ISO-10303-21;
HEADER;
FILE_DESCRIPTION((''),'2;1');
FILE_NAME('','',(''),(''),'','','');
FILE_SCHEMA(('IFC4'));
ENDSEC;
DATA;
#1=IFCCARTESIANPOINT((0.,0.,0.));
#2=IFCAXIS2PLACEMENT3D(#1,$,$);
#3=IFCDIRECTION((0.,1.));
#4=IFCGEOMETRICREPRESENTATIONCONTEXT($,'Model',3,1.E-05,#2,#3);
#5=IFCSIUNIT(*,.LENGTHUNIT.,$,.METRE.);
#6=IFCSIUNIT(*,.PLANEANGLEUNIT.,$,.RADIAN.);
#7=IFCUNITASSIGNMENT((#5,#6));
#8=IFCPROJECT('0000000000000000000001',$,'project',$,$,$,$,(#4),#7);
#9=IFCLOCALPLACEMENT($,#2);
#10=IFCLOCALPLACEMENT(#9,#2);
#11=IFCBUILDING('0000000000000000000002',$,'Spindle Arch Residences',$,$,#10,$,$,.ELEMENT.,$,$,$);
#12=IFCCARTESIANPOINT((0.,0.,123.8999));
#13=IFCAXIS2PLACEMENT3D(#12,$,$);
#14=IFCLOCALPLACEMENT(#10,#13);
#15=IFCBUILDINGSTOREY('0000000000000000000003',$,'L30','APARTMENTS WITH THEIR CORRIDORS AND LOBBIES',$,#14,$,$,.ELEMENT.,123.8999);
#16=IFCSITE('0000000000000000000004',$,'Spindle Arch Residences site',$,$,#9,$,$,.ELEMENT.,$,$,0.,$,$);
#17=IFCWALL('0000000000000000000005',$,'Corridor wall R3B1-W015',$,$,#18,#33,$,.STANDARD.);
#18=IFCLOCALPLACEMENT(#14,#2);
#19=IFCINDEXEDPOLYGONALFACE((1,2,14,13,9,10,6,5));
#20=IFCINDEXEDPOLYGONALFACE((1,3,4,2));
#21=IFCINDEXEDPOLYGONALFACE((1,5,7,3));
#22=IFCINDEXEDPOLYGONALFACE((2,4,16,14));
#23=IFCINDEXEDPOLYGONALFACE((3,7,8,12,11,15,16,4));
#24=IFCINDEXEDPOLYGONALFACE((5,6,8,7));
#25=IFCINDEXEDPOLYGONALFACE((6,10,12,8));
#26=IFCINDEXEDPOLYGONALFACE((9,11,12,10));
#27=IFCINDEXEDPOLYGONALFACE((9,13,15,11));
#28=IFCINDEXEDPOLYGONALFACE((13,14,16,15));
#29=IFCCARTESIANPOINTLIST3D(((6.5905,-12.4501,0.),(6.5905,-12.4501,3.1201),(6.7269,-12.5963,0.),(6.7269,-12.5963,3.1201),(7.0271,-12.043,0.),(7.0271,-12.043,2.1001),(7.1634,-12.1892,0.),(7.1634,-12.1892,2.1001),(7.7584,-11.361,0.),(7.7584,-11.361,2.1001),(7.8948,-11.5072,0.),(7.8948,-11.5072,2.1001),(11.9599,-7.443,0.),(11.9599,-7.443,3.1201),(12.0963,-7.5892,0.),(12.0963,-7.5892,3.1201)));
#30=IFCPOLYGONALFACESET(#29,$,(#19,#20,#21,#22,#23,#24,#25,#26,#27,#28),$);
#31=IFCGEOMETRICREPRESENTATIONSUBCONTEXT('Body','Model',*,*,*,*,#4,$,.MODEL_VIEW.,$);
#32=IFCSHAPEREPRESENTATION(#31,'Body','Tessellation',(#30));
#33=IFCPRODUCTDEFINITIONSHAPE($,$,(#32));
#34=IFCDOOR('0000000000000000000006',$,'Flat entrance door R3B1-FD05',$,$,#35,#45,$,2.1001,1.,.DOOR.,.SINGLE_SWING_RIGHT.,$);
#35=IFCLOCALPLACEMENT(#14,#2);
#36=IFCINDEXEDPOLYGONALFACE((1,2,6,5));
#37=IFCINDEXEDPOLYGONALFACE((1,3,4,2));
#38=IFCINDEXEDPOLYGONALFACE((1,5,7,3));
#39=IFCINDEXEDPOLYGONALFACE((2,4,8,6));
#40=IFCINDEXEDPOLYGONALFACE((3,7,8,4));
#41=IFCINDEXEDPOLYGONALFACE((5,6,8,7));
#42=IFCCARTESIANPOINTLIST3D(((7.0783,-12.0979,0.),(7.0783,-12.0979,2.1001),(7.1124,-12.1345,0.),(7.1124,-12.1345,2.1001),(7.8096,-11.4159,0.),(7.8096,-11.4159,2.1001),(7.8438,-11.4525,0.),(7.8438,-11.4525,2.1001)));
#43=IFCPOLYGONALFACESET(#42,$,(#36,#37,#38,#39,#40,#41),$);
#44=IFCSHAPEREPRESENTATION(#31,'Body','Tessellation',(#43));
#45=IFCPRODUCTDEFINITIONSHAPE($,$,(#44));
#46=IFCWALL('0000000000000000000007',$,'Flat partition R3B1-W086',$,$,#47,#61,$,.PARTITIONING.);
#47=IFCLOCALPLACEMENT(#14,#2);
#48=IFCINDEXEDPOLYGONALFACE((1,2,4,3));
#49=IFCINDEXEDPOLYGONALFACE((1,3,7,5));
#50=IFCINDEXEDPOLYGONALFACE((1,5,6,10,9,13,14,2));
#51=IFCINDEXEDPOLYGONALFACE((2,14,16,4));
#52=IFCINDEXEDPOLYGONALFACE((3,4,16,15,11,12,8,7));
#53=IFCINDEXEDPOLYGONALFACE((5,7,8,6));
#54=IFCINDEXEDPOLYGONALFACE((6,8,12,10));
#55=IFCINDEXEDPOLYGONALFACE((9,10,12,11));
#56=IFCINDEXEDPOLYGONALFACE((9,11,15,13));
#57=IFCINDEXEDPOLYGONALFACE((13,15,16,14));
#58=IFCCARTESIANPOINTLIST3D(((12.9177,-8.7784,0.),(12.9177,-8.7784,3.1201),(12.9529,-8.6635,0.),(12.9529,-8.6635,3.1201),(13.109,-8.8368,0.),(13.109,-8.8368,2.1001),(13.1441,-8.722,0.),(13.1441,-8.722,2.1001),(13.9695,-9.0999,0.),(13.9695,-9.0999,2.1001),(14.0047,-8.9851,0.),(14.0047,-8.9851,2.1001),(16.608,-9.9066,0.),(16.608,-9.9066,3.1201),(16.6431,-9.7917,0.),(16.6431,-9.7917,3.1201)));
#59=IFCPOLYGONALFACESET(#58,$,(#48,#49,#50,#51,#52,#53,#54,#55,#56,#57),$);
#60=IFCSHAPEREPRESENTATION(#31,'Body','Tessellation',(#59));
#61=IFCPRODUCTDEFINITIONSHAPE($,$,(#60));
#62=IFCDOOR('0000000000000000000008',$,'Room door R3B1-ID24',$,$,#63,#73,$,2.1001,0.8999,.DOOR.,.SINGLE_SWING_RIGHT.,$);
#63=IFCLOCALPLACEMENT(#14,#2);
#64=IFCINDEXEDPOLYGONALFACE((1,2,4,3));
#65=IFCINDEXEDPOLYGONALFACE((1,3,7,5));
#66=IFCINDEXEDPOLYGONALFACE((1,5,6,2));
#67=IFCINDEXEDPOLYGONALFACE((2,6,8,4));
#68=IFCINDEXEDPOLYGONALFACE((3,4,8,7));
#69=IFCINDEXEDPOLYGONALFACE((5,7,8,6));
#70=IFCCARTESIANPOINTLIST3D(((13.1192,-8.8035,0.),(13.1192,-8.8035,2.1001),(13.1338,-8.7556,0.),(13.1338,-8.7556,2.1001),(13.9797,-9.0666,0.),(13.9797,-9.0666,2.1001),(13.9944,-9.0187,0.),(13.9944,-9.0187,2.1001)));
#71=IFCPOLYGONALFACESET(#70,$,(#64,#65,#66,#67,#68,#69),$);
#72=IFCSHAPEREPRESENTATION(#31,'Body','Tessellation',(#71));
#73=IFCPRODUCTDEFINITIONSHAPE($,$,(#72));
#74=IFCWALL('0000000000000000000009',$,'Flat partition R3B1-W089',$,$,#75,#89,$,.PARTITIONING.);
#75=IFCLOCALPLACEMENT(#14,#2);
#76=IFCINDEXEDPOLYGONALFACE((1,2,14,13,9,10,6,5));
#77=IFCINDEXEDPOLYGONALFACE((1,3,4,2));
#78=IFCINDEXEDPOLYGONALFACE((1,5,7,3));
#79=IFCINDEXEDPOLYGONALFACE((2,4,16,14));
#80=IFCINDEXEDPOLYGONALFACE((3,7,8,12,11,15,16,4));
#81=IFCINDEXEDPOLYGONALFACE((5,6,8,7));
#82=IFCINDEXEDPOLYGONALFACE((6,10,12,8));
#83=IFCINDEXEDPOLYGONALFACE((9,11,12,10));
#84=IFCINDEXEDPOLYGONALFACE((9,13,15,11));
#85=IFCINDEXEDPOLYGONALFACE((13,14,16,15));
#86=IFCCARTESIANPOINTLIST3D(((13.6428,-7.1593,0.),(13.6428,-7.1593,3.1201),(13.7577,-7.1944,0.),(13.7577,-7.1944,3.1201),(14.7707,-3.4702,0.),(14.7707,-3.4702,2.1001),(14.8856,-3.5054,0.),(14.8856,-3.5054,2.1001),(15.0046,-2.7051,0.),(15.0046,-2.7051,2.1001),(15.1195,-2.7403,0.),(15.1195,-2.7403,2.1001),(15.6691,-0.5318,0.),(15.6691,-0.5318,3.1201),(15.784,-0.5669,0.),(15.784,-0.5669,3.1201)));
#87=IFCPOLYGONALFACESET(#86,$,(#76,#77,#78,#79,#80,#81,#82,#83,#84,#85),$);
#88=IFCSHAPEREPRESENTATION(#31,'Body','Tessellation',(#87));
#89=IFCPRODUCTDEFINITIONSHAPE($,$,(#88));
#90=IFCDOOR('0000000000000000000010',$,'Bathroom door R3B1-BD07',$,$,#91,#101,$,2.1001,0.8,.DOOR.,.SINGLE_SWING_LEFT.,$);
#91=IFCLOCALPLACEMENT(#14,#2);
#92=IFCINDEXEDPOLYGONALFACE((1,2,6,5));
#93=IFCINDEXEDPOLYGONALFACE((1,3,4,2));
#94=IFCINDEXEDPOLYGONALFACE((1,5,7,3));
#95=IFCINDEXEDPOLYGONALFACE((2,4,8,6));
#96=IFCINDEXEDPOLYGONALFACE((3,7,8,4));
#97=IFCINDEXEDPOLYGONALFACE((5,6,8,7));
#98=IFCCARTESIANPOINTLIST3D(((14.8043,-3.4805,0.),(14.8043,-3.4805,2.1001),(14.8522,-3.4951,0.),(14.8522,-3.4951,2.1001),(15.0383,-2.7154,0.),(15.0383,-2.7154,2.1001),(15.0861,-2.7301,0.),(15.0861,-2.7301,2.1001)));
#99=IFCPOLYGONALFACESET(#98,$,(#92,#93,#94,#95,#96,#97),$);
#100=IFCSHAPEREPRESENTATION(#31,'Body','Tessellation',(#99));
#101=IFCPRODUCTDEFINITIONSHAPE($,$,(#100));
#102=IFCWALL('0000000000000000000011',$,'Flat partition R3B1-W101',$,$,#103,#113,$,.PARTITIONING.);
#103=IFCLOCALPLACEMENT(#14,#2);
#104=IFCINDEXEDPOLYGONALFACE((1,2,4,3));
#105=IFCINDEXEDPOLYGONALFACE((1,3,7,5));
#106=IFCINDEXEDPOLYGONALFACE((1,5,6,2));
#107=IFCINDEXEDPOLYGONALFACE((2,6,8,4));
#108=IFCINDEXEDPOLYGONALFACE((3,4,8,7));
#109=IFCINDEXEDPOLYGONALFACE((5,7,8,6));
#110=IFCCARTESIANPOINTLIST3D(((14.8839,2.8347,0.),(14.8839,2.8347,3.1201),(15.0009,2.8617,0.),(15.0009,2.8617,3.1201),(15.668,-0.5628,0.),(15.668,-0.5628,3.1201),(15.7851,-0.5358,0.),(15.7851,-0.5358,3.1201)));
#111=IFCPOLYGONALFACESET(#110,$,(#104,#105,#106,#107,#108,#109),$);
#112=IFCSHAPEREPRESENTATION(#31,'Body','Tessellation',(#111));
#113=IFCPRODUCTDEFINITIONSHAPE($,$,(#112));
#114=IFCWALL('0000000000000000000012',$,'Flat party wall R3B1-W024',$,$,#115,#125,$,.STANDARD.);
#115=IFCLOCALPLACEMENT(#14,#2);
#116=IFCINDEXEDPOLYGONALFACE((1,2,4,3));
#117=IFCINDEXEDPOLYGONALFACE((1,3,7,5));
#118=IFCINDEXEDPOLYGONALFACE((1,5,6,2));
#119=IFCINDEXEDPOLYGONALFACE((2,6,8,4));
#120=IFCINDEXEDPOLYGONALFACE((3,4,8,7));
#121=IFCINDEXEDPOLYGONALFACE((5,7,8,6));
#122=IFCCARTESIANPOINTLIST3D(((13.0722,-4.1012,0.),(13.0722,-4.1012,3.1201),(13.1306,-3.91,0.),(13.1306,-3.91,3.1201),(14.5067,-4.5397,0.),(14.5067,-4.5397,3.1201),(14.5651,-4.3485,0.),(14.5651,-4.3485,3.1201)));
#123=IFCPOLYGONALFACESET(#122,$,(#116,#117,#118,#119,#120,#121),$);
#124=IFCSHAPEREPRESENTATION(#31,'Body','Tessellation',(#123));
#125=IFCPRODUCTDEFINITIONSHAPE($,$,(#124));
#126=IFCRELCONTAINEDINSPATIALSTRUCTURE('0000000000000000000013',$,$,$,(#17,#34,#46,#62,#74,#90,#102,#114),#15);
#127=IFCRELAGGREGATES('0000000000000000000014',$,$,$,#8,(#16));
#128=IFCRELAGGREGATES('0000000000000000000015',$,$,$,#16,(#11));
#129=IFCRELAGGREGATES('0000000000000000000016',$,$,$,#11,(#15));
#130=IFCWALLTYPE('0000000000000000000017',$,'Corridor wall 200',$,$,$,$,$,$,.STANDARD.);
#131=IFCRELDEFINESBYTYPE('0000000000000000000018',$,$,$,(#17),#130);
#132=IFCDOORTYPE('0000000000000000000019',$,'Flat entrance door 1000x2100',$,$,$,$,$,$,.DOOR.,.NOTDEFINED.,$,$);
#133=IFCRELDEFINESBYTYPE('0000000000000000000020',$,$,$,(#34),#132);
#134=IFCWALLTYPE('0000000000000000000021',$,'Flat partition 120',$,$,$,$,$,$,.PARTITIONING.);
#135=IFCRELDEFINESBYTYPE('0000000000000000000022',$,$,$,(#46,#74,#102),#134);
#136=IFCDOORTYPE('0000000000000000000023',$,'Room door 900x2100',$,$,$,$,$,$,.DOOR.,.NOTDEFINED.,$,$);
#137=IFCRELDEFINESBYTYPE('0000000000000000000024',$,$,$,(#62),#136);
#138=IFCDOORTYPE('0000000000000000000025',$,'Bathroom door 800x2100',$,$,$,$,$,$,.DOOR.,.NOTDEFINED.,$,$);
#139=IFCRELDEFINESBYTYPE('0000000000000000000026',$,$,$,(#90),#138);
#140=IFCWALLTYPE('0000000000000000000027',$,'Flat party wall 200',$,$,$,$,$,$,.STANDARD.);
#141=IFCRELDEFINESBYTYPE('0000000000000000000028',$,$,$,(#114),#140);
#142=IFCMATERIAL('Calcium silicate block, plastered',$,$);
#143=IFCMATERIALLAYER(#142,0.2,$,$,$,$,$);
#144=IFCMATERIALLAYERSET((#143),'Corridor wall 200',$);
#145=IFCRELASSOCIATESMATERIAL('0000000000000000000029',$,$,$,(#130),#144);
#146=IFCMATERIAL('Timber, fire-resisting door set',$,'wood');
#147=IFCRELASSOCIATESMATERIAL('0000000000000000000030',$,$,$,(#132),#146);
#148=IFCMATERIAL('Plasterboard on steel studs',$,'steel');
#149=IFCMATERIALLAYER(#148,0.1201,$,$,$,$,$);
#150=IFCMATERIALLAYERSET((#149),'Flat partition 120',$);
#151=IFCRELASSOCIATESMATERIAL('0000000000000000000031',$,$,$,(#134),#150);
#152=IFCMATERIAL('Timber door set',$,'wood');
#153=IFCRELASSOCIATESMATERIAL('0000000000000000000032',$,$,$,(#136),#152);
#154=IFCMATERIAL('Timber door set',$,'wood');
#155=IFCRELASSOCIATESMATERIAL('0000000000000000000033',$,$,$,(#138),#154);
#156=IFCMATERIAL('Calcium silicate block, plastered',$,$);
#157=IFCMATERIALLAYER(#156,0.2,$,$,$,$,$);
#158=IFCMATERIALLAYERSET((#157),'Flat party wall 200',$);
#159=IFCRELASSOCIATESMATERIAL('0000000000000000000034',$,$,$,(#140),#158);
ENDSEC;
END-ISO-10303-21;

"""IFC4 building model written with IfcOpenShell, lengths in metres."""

from ifc_helpers import new_model, si_unit, direction, frame, frame_2d, origin, place, context, subcontext, project, spatial, rectangle, extrude, material, layer, layer_set, type_object, element, fill, save


model = new_model("IFC4")

# Units and contexts
model_context = context("Model", 3, precision=1e-05, world=origin(), true_north=direction((0.0, 1.0)))
body_context = subcontext(model_context, "Body", "Model", "MODEL_VIEW")
ifc_project = project(units=[si_unit("LENGTHUNIT", "METRE"), si_unit("PLANEANGLEUNIT", "RADIAN")], contexts=[model_context])

# Site, building, storey
site_placement = place(None, origin())
site = spatial("IfcSite", under=ifc_project, at=site_placement, Name="Spindle Arch Residences site", CompositionType="ELEMENT", RefElevation=0.0)
building_placement = place(site_placement, origin())
building = spatial("IfcBuilding", under=site, at=building_placement, Name="Spindle Arch Residences", CompositionType="ELEMENT")
storey_placement = place(building_placement, frame((0.0, 0.0, 123.8999)))
storey = spatial("IfcBuildingStorey", under=building, at=storey_placement, Name="L30", Description="APARTMENTS WITH THEIR CORRIDORS AND LOBBIES", CompositionType="ELEMENT", Elevation=123.8999)

# Shared definitions
ifc_material_1 = material(Name="Calcium silicate block, plastered")
ifc_layer_1 = layer(ifc_material_1, 0.2)
ifc_layer_set_1 = layer_set([ifc_layer_1], Name="Corridor wall 200")
wall_type_1 = type_object("IfcWallType", Name="Corridor wall 200", PredefinedType="STANDARD", material=ifc_layer_set_1)
ifc_material_2 = material(Name="Timber, fire-resisting door set", Category="wood")
door_type_1 = type_object("IfcDoorType", Name="Flat entrance door 1000x2100", OperationType="NOTDEFINED", PredefinedType="DOOR", material=ifc_material_2)

# Walls, openings, doors
wall_1_placement = place(storey_placement, frame((6.6587, -12.5232, 0.0), z_axis=(0.0, 0.0, 1.0), x_axis=(0.73135, 0.682002, 0.0)))
wall_1 = element("IfcWall", 1, at=wall_1_placement, inside=storey, type_object=wall_type_1, Name="Corridor wall R3B1-W015", PredefinedType="STANDARD", context=body_context, shape_type="SweptSolid", body=[
    extrude(rectangle(XDim=7.3418, YDim=0.2, at=frame_2d((3.6709, 0.0))), origin(), (0.0, 0.0, 1.0), 3.1201),
])
opening_1_placement = place(wall_1_placement, frame((0.5969, 0.0, 0.0)))
opening_1 = element("IfcOpeningElement", 2, at=opening_1_placement, cuts=wall_1, PredefinedType="OPENING", context=body_context, shape_type="SweptSolid", body=[
    extrude(rectangle(XDim=1.0, YDim=2.1001, at=frame_2d((0.5, 1.05))), frame((0.0, 0.1099, 0.0), z_axis=(0.0, -1.0, 0.0), x_axis=(1.0, 0.0, 0.0)), (0.0, 0.0, 1.0), 0.22),
])
door_1_placement = place(opening_1_placement, origin())
door_1 = element("IfcDoor", 3, at=door_1_placement, inside=storey, type_object=door_type_1, Name="Flat entrance door R3B1-FD05", OperationType="SINGLE_SWING_RIGHT", OverallHeight=2.1001, OverallWidth=1.0, PredefinedType="DOOR", context=body_context, shape_type="SweptSolid", body=[
    extrude(rectangle(XDim=1.0, YDim=2.1001, at=frame_2d((0.5, 1.05))), frame((0.0, 0.0249, 0.0), z_axis=(0.0, -1.0, 0.0), x_axis=(1.0, 0.0, 0.0)), (0.0, 0.0, 1.0), 0.05),
])
fill(opening_1, door_1)
ifc_material_3 = material(Name="Plasterboard on steel studs", Category="steel")
ifc_layer_2 = layer(ifc_material_3, 0.1201)
ifc_layer_set_2 = layer_set([ifc_layer_2], Name="Flat partition 120")
wall_type_2 = type_object("IfcWallType", Name="Flat partition 120", PredefinedType="PARTITIONING", material=ifc_layer_set_2)
wall_2_placement = place(storey_placement, frame((12.9353, -8.7209, 0.0), z_axis=(0.0, 0.0, 1.0), x_axis=(0.956307, -0.292365, 0.0)))
wall_2 = element("IfcWall", 4, at=wall_2_placement, inside=storey, type_object=wall_type_2, Name="Flat partition R3B1-W086", PredefinedType="PARTITIONING", context=body_context, shape_type="SweptSolid", body=[
    extrude(rectangle(XDim=3.8589, YDim=0.1201, at=frame_2d((1.9294, 0.0))), origin(), (0.0, 0.0, 1.0), 3.1201),
])
opening_2_placement = place(wall_2_placement, frame((0.2, 0.0, 0.0)))
opening_2 = element("IfcOpeningElement", 5, at=opening_2_placement, cuts=wall_2, PredefinedType="OPENING", context=body_context, shape_type="SweptSolid", body=[
    extrude(rectangle(XDim=0.8999, YDim=2.1001, at=frame_2d((0.45, 1.05))), frame((0.0, 0.0701, 0.0), z_axis=(0.0, -1.0, 0.0), x_axis=(1.0, 0.0, 0.0)), (0.0, 0.0, 1.0), 0.1401),
])
ifc_material_4 = material(Name="Timber door set", Category="wood")
door_type_2 = type_object("IfcDoorType", Name="Room door 900x2100", OperationType="NOTDEFINED", PredefinedType="DOOR", material=ifc_material_4)
door_2_placement = place(opening_2_placement, origin())
door_2 = element("IfcDoor", 6, at=door_2_placement, inside=storey, type_object=door_type_2, Name="Room door R3B1-ID24", OperationType="SINGLE_SWING_RIGHT", OverallHeight=2.1001, OverallWidth=0.8999, PredefinedType="DOOR", context=body_context, shape_type="SweptSolid", body=[
    extrude(rectangle(XDim=0.8999, YDim=2.1001, at=frame_2d((0.45, 1.05))), frame((0.0, 0.0249, 0.0), z_axis=(0.0, -1.0, 0.0), x_axis=(1.0, 0.0, 0.0)), (0.0, 0.0, 1.0), 0.05),
])
fill(opening_2, door_2)
wall_3_placement = place(storey_placement, frame((13.7002, -7.177, 0.0), z_axis=(0.0, 0.0, 1.0), x_axis=(0.292382, 0.956302, 0.0)))
wall_3 = element("IfcWall", 7, at=wall_3_placement, inside=storey, type_object=wall_type_2, Name="Flat partition R3B1-W089", PredefinedType="PARTITIONING", context=body_context, shape_type="SweptSolid", body=[
    extrude(rectangle(XDim=6.9304, YDim=0.1201, at=frame_2d((3.4653, 0.0))), origin(), (0.0, 0.0, 1.0), 3.1201),
])
opening_3_placement = place(wall_3_placement, frame((3.8579, 0.0, 0.0)))
opening_3 = element("IfcOpeningElement", 8, at=opening_3_placement, cuts=wall_3, PredefinedType="OPENING", context=body_context, shape_type="SweptSolid", body=[
    extrude(rectangle(XDim=0.8, YDim=2.1001, at=frame_2d((0.3999, 1.05))), frame((0.0, 0.0701, 0.0), z_axis=(0.0, -1.0, 0.0), x_axis=(1.0, 0.0, 0.0)), (0.0, 0.0, 1.0), 0.1401),
])
ifc_material_5 = material(Name="Timber door set", Category="wood")
door_type_3 = type_object("IfcDoorType", Name="Bathroom door 800x2100", OperationType="NOTDEFINED", PredefinedType="DOOR", material=ifc_material_5)
door_3_placement = place(opening_3_placement, origin())
door_3 = element("IfcDoor", 9, at=door_3_placement, inside=storey, type_object=door_type_3, Name="Bathroom door R3B1-BD07", OperationType="SINGLE_SWING_LEFT", OverallHeight=2.1001, OverallWidth=0.8, PredefinedType="DOOR", context=body_context, shape_type="SweptSolid", body=[
    extrude(rectangle(XDim=0.8, YDim=2.1001, at=frame_2d((0.3999, 1.05))), frame((0.0, 0.0249, 0.0), z_axis=(0.0, -1.0, 0.0), x_axis=(1.0, 0.0, 0.0)), (0.0, 0.0, 1.0), 0.05),
])
fill(opening_3, door_3)

# Walls
wall_4_placement = place(storey_placement, frame((15.7266, -0.5493, 0.0), z_axis=(0.0, 0.0, 1.0), x_axis=(-0.2249, 0.974382, 0.0)))
element("IfcWall", 10, at=wall_4_placement, inside=storey, type_object=wall_type_2, Name="Flat partition R3B1-W101", PredefinedType="PARTITIONING", context=body_context, shape_type="SweptSolid", body=[
    extrude(rectangle(XDim=3.4868, YDim=0.1201, at=frame_2d((1.7434, 0.0))), origin(), (0.0, 0.0, 1.0), 3.1201),
])
ifc_material_6 = material(Name="Calcium silicate block, plastered")
ifc_layer_3 = layer(ifc_material_6, 0.2)
ifc_layer_set_3 = layer_set([ifc_layer_3], Name="Flat party wall 200")
wall_type_3 = type_object("IfcWallType", Name="Flat party wall 200", PredefinedType="STANDARD", material=ifc_layer_set_3)
wall_5_placement = place(storey_placement, frame((14.5359, -4.4441, 0.0), z_axis=(0.0, 0.0, 1.0), x_axis=(-0.956326, 0.292301, 0.0)))
element("IfcWall", 11, at=wall_5_placement, inside=storey, type_object=wall_type_3, Name="Flat party wall R3B1-W024", PredefinedType="STANDARD", context=body_context, shape_type="SweptSolid", body=[
    extrude(rectangle(XDim=1.5, YDim=0.2, at=frame_2d((0.75, 0.0))), origin(), (0.0, 0.0, 1.0), 3.1201),
])

save(model, "model.ifc")
